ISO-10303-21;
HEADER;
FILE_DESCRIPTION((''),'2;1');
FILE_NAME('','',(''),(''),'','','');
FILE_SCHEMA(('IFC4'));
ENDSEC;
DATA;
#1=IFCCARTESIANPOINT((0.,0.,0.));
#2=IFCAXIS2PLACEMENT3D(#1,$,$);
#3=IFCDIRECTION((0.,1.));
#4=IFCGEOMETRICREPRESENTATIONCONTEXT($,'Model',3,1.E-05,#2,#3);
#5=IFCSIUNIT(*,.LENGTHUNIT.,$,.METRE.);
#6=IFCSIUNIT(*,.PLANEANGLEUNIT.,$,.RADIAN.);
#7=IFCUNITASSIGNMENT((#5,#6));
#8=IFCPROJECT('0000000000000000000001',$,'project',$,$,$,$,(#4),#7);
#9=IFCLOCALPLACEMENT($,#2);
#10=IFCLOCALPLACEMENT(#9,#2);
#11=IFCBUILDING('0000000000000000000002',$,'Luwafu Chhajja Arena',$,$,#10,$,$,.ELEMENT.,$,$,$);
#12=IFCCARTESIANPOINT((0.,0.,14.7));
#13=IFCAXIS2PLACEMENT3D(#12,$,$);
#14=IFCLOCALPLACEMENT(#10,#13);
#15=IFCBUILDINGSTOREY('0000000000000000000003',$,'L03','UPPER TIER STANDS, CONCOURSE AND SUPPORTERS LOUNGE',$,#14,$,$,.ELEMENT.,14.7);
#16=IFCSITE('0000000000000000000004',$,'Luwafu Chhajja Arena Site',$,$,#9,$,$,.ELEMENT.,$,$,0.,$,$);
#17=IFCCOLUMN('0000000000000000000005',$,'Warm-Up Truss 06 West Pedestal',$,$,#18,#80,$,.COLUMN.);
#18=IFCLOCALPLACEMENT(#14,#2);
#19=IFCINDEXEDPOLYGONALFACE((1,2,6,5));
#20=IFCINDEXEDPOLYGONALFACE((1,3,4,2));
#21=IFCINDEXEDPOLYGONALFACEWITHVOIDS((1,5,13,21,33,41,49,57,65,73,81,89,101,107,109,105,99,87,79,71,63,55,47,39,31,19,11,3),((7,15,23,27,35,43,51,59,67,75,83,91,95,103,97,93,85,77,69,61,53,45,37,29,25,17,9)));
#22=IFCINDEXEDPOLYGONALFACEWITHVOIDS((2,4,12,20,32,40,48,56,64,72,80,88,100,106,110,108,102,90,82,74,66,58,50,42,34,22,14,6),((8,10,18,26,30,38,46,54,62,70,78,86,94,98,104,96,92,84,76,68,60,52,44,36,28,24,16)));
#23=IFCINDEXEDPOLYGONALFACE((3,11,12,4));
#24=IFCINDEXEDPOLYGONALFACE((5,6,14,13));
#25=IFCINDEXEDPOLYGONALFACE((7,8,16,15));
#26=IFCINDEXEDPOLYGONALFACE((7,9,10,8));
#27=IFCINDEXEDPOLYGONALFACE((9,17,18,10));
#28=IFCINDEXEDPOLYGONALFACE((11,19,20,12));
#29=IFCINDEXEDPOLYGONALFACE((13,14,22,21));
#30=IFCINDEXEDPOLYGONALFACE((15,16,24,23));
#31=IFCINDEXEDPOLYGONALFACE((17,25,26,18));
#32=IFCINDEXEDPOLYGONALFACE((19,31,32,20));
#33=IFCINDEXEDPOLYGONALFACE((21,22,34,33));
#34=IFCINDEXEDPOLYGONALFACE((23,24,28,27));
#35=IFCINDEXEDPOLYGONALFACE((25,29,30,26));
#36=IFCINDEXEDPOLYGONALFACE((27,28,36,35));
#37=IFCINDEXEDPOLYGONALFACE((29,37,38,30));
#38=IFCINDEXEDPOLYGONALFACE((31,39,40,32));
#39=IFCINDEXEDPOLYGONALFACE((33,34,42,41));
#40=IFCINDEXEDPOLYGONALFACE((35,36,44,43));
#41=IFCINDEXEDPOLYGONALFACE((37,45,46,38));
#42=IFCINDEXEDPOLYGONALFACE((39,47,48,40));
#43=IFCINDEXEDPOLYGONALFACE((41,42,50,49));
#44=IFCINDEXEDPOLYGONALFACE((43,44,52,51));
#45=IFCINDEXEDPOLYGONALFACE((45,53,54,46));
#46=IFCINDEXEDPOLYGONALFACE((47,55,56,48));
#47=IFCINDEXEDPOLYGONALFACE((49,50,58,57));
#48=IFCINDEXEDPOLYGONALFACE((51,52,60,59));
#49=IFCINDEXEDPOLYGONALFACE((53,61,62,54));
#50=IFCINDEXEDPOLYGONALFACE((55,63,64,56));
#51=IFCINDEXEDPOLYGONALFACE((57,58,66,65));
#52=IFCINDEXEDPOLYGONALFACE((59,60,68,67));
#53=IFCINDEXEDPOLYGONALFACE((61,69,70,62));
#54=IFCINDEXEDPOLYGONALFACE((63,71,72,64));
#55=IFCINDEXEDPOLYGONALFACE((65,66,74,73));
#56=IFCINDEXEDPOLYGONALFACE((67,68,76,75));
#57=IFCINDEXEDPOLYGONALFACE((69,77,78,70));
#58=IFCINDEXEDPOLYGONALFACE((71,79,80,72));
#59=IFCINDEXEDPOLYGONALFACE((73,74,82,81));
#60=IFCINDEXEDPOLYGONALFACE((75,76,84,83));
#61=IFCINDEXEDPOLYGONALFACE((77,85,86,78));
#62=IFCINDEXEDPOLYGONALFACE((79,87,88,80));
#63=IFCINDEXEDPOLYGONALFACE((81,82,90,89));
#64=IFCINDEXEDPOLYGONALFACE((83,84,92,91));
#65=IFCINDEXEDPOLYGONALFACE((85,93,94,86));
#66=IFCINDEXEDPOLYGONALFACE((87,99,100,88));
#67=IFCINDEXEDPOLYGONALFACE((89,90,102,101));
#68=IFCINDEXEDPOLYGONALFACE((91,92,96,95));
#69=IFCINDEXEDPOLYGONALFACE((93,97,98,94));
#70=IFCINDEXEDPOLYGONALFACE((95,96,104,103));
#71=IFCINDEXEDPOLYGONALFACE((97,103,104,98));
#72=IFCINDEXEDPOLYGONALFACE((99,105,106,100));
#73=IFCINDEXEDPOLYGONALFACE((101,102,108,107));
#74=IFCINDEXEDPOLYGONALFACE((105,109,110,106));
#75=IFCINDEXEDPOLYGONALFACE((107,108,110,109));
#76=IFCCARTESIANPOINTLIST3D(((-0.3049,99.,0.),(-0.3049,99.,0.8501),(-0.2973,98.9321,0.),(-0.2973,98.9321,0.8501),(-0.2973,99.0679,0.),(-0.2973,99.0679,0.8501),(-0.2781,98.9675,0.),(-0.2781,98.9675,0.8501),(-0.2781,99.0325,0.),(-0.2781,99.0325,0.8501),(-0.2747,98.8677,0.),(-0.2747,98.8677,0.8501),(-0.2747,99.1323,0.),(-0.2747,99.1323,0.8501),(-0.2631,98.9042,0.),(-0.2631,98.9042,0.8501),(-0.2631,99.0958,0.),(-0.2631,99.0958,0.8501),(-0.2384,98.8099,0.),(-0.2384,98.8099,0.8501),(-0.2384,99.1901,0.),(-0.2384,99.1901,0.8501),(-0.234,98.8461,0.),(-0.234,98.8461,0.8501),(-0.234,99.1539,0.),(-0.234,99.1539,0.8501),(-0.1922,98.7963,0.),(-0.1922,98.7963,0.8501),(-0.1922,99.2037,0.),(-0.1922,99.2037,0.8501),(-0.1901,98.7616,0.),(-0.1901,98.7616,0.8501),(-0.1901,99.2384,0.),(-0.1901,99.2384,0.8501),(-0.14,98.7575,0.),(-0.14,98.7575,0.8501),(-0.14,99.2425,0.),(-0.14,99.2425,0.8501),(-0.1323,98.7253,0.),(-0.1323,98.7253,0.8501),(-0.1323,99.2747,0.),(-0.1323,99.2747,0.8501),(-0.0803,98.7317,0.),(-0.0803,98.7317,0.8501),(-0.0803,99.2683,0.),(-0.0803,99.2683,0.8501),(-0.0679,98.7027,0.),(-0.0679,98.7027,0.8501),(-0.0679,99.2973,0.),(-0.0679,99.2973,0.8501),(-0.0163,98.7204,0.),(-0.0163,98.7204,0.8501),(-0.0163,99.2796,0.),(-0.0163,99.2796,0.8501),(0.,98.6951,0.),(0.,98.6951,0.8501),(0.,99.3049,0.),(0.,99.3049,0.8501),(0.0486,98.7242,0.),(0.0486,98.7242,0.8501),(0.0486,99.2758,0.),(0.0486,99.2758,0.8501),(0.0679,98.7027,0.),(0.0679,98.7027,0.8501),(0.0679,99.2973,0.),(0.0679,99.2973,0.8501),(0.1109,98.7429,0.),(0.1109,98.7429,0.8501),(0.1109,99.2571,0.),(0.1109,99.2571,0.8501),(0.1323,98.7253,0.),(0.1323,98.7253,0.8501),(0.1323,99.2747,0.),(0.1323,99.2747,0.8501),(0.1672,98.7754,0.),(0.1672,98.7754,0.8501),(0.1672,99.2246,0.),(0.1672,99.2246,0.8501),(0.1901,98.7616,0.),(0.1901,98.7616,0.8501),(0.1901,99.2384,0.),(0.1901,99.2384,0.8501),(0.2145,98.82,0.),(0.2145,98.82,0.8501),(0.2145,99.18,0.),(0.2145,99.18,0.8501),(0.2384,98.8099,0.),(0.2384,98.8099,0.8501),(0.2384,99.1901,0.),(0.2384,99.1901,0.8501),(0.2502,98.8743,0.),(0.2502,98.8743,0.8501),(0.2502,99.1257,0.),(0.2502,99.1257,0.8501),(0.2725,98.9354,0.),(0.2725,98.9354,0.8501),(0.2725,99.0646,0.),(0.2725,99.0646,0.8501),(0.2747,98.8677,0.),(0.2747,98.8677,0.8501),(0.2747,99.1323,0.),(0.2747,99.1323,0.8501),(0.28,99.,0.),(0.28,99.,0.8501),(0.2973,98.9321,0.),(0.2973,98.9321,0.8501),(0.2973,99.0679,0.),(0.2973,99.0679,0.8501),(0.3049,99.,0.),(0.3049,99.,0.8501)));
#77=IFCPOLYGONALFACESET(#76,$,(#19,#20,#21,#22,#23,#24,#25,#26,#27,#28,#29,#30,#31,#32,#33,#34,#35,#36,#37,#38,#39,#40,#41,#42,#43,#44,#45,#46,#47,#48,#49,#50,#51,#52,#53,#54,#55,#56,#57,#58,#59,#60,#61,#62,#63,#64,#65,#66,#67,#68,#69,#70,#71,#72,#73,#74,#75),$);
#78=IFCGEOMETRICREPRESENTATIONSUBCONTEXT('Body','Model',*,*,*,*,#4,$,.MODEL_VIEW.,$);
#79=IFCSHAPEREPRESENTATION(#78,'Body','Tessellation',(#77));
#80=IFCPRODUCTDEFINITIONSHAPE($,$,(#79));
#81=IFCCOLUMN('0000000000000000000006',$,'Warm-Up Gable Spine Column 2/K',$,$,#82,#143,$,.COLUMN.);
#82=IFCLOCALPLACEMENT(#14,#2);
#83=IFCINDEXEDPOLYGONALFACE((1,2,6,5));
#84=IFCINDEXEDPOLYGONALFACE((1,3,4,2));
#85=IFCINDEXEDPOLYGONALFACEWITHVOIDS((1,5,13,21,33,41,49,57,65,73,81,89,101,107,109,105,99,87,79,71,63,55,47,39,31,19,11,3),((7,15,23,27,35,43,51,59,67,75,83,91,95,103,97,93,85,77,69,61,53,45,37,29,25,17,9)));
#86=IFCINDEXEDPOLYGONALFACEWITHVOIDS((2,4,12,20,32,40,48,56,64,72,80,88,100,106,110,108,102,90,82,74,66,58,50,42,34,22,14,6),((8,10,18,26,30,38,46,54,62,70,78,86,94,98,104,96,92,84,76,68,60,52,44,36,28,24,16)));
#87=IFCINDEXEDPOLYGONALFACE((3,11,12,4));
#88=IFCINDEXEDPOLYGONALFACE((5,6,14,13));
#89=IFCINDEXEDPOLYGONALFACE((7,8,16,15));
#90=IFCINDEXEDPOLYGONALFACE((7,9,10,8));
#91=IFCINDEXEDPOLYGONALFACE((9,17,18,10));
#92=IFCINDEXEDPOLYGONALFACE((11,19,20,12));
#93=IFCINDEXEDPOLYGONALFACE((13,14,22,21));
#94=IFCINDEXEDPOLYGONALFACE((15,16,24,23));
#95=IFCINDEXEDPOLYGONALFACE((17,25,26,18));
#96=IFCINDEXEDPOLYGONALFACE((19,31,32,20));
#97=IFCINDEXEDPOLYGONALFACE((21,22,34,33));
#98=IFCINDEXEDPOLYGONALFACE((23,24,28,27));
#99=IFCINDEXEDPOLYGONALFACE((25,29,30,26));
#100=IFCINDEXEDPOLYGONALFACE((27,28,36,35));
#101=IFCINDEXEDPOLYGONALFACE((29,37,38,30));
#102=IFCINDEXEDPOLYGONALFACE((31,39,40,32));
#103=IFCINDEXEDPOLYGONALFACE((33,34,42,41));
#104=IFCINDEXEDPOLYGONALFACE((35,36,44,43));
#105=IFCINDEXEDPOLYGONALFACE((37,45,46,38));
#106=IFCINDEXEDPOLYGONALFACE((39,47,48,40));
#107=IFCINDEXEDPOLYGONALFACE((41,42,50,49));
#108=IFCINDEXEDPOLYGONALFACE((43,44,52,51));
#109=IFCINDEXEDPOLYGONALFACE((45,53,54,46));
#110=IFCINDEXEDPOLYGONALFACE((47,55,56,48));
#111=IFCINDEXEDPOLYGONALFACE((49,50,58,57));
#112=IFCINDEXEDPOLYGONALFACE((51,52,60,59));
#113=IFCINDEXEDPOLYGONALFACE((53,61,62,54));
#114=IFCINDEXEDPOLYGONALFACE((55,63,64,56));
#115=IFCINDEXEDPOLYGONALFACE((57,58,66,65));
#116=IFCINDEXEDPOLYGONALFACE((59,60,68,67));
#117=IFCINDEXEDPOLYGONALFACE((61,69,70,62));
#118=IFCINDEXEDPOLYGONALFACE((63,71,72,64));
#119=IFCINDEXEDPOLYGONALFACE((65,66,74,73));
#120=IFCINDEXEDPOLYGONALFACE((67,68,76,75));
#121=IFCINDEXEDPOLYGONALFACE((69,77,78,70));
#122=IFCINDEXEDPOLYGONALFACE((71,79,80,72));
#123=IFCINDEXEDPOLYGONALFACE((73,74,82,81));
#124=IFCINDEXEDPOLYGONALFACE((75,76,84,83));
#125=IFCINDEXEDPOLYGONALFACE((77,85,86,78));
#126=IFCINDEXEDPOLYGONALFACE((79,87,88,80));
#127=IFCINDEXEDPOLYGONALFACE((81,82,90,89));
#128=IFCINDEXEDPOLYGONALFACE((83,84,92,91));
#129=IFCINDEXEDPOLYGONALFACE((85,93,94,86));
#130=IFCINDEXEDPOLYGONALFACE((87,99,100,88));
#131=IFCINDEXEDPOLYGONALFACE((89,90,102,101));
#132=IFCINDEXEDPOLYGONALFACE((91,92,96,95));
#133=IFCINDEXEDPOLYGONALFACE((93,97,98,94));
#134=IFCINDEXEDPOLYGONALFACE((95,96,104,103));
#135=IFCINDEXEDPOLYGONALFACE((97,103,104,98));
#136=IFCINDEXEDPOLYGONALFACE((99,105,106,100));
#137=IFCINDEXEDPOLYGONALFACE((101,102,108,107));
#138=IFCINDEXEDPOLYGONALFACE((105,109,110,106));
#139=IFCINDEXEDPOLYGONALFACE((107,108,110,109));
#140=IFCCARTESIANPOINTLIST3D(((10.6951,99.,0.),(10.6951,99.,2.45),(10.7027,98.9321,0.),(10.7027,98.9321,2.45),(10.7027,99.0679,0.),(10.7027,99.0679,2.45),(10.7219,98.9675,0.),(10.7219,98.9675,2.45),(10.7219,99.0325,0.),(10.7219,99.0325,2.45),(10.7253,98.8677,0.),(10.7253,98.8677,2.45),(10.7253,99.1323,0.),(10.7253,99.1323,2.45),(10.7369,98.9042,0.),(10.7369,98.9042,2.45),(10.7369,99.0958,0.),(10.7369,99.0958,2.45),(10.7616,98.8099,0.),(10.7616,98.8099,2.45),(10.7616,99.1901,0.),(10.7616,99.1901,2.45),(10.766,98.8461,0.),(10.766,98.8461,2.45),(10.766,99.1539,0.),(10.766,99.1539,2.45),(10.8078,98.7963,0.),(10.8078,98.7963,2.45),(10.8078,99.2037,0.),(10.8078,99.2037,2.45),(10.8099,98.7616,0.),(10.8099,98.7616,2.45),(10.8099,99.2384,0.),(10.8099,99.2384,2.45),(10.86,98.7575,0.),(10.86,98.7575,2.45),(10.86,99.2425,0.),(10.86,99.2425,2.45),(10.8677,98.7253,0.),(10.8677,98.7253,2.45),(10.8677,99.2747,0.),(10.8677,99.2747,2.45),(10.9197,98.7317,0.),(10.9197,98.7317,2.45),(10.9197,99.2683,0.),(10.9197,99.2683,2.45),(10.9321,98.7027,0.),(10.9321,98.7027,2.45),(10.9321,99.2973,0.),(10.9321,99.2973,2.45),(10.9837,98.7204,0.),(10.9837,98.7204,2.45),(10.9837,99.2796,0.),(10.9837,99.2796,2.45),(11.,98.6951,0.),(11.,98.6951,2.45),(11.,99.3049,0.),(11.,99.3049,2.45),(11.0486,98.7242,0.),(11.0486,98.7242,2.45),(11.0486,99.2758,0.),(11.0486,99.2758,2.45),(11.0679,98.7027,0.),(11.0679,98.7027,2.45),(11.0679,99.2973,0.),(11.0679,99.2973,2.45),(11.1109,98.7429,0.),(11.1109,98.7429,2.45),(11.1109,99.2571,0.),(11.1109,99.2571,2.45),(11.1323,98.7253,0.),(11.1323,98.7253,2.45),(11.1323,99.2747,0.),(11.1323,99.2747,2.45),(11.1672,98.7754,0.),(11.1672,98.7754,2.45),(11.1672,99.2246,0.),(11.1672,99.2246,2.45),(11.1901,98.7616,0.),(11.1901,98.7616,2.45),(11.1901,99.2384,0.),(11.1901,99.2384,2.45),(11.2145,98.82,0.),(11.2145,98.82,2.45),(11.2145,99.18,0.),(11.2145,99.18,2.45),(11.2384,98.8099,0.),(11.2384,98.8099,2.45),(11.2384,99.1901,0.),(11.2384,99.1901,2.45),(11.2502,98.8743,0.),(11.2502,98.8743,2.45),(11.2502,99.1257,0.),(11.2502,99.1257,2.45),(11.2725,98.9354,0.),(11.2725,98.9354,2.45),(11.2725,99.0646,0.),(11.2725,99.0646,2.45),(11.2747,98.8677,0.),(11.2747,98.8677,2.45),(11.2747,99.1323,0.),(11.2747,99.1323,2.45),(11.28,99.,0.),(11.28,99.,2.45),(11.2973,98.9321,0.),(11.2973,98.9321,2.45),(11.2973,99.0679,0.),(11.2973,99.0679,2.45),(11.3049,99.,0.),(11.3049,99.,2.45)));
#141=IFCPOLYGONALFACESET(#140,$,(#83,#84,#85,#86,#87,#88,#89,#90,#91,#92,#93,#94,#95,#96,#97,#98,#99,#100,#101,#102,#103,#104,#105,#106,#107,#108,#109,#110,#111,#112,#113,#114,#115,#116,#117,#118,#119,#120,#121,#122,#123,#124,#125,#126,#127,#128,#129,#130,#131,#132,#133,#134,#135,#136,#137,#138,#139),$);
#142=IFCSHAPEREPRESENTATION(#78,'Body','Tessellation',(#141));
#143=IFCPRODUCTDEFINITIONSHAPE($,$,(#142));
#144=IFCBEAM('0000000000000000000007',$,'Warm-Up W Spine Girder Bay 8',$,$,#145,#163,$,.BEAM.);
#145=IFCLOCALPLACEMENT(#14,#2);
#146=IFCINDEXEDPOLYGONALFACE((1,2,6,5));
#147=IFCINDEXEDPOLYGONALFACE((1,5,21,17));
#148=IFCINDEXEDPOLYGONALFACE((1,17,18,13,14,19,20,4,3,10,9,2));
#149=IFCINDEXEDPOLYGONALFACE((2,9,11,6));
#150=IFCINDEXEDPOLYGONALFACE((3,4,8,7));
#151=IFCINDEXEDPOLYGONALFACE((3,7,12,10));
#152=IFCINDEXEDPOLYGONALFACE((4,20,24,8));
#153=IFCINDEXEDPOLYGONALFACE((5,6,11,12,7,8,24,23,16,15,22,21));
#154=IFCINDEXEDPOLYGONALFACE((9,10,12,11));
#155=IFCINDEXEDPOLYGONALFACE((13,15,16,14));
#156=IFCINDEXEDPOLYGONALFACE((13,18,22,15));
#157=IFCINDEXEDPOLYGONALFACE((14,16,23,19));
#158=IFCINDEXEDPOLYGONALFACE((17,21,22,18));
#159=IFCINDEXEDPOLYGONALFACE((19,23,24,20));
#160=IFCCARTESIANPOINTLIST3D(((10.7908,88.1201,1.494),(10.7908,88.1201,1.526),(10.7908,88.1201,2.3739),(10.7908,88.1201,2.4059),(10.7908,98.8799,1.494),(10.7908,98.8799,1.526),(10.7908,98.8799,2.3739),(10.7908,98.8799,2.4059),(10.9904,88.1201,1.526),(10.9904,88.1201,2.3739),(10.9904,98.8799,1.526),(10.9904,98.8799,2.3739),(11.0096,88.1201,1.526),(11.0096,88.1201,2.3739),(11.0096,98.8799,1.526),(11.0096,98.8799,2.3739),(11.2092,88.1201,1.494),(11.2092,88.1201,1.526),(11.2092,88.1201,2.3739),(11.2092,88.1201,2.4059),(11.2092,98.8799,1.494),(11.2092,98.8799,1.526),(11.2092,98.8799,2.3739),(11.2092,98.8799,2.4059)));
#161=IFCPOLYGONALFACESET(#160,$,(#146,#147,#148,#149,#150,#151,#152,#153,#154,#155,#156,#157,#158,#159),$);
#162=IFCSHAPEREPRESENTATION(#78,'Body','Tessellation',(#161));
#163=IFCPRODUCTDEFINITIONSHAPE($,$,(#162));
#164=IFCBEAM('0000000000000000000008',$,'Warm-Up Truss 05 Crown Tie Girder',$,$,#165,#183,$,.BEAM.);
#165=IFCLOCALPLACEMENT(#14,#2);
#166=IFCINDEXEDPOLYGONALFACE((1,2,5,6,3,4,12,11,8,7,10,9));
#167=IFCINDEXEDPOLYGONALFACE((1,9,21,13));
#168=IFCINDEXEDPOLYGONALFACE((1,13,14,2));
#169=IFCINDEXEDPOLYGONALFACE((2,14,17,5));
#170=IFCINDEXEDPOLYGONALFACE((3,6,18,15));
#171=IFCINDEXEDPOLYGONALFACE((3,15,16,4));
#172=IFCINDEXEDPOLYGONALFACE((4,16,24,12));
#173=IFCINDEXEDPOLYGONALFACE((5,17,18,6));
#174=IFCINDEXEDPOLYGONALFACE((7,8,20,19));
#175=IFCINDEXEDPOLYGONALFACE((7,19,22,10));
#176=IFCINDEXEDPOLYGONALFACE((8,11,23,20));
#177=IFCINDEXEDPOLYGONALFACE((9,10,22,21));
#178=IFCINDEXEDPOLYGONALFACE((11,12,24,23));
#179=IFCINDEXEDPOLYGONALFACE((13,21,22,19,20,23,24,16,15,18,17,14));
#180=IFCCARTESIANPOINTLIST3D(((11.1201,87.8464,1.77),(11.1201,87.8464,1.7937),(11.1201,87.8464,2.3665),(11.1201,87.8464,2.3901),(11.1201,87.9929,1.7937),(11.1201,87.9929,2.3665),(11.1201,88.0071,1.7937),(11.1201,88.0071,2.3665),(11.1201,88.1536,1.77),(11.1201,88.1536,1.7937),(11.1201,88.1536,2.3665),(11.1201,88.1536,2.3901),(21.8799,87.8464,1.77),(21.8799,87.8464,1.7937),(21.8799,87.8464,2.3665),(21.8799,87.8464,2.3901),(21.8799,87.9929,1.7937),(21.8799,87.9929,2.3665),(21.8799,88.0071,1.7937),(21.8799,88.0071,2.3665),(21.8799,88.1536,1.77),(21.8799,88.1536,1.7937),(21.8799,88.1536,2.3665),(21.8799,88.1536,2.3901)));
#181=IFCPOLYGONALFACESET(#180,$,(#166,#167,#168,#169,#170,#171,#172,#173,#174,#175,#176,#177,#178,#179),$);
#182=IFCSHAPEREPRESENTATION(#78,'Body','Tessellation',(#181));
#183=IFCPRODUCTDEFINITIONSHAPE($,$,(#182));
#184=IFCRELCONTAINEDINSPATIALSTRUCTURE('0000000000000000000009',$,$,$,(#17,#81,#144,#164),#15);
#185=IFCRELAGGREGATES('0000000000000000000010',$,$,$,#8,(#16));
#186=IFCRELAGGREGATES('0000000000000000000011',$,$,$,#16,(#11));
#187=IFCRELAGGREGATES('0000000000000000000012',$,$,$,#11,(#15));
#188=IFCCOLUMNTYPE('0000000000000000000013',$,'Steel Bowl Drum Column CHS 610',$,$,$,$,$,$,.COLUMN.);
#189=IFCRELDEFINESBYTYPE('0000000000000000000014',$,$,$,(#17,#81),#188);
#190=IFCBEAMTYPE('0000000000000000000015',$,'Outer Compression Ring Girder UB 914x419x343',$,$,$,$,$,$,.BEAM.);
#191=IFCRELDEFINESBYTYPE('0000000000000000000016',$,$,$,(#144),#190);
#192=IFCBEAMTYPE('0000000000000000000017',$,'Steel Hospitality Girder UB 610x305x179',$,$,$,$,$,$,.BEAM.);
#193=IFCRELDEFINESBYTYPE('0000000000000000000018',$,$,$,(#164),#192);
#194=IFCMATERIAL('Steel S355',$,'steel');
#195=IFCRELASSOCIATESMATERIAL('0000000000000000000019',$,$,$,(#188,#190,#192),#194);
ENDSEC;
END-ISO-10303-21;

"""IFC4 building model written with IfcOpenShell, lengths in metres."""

from ifc_helpers import new_model, si_unit, direction, frame, origin, origin_2d, place, context, subcontext, project, spatial, hollow_circle, i_section, extrude, material, material_profile, profile_set, type_object, element, save


model = new_model("IFC4")

# Units and contexts
model_context = context("Model", 3, precision=1e-05, world=origin(), true_north=direction((0.0, 1.0)))
body_context = subcontext(model_context, "Body", "Model", "MODEL_VIEW")
ifc_project = project(units=[si_unit("LENGTHUNIT", "METRE"), si_unit("PLANEANGLEUNIT", "RADIAN")], contexts=[model_context])

# Site, building, storey
site_placement = place(None, origin())
site = spatial("IfcSite", under=ifc_project, at=site_placement, Name="Luwafu Chhajja Arena Site", CompositionType="ELEMENT", RefElevation=0.0)
building_placement = place(site_placement, origin())
building = spatial("IfcBuilding", under=site, at=building_placement, Name="Luwafu Chhajja Arena", CompositionType="ELEMENT")
storey_placement = place(building_placement, frame((0.0, 0.0, 14.7)))
storey = spatial("IfcBuildingStorey", under=building, at=storey_placement, Name="L03", Description="UPPER TIER STANDS, CONCOURSE AND SUPPORTERS LOUNGE", CompositionType="ELEMENT", Elevation=14.7)

# Columns
ifc_material_1 = material(Name="Steel S355", Category="steel")
ifc_material_profile_1 = material_profile(ifc_material_1, hollow_circle(Radius=0.3049, WallThickness=0.0249, at=origin_2d()), Name="CHS 610x25")
ifc_profile_set_1 = profile_set([ifc_material_profile_1], Name="Steel S355")
column_type = type_object("IfcColumnType", Name="Steel Bowl Drum Column CHS 610", PredefinedType="COLUMN", material=ifc_profile_set_1)
column_1_placement = place(storey_placement, frame((0.0, 99.0, 0.0), z_axis=(0.0, 0.0, 1.0), x_axis=(1.0, 0.0, 0.0)))
element("IfcColumn", 1, at=column_1_placement, inside=storey, type_object=column_type, Name="Warm-Up Truss 06 West Pedestal", PredefinedType="COLUMN", context=body_context, shape_type="SweptSolid", body=[
    extrude(hollow_circle(Radius=0.3049, WallThickness=0.0249, at=origin_2d()), origin(), (0.0, 0.0, 1.0), 0.8501),
])
column_2_placement = place(storey_placement, frame((11.0, 99.0, 0.0), z_axis=(0.0, 0.0, 1.0), x_axis=(1.0, 0.0, 0.0)))
element("IfcColumn", 2, at=column_2_placement, inside=storey, type_object=column_type, Name="Warm-Up Gable Spine Column 2/K", PredefinedType="COLUMN", context=body_context, shape_type="SweptSolid", body=[
    extrude(hollow_circle(Radius=0.3049, WallThickness=0.0249, at=origin_2d()), origin(), (0.0, 0.0, 1.0), 2.45),
])

# Beams
ifc_material_profile_2 = material_profile(ifc_material_1, i_section(OverallWidth=0.4185, OverallDepth=0.9119, WebThickness=0.0193, FlangeThickness=0.032, at=origin_2d()), Name="UB 914x419x343")
ifc_profile_set_2 = profile_set([ifc_material_profile_2], Name="Steel S355")
beam_type_1 = type_object("IfcBeamType", Name="Outer Compression Ring Girder UB 914x419x343", PredefinedType="BEAM", material=ifc_profile_set_2)
beam_1_placement = place(storey_placement, frame((11.0, 88.1201, 1.95), z_axis=(0.0, 1.0, 0.0), x_axis=(-1.0, 0.0, 0.0)))
element("IfcBeam", 3, at=beam_1_placement, inside=storey, type_object=beam_type_1, Name="Warm-Up W Spine Girder Bay 8", PredefinedType="BEAM", context=body_context, shape_type="SweptSolid", body=[
    extrude(i_section(OverallWidth=0.4185, OverallDepth=0.9119, WebThickness=0.0193, FlangeThickness=0.032, at=origin_2d()), origin(), (0.0, 0.0, 1.0), 10.7598),
])
ifc_material_profile_3 = material_profile(ifc_material_1, i_section(OverallWidth=0.3071, OverallDepth=0.6201, WebThickness=0.0142, FlangeThickness=0.0237, at=origin_2d()), Name="UB 610x305x179")
ifc_profile_set_3 = profile_set([ifc_material_profile_3], Name="Steel S355")
beam_type_2 = type_object("IfcBeamType", Name="Steel Hospitality Girder UB 610x305x179", PredefinedType="BEAM", material=ifc_profile_set_3)
beam_2_placement = place(storey_placement, frame((11.1201, 88.0, 2.0801), z_axis=(1.0, 0.0, 0.0), x_axis=(0.0, 1.0, 0.0)))
element("IfcBeam", 4, at=beam_2_placement, inside=storey, type_object=beam_type_2, Name="Warm-Up Truss 05 Crown Tie Girder", PredefinedType="BEAM", context=body_context, shape_type="SweptSolid", body=[
    extrude(i_section(OverallWidth=0.3071, OverallDepth=0.6201, WebThickness=0.0142, FlangeThickness=0.0237, at=origin_2d()), origin(), (0.0, 0.0, 1.0), 10.7598),
])

save(model, "model.ifc")
